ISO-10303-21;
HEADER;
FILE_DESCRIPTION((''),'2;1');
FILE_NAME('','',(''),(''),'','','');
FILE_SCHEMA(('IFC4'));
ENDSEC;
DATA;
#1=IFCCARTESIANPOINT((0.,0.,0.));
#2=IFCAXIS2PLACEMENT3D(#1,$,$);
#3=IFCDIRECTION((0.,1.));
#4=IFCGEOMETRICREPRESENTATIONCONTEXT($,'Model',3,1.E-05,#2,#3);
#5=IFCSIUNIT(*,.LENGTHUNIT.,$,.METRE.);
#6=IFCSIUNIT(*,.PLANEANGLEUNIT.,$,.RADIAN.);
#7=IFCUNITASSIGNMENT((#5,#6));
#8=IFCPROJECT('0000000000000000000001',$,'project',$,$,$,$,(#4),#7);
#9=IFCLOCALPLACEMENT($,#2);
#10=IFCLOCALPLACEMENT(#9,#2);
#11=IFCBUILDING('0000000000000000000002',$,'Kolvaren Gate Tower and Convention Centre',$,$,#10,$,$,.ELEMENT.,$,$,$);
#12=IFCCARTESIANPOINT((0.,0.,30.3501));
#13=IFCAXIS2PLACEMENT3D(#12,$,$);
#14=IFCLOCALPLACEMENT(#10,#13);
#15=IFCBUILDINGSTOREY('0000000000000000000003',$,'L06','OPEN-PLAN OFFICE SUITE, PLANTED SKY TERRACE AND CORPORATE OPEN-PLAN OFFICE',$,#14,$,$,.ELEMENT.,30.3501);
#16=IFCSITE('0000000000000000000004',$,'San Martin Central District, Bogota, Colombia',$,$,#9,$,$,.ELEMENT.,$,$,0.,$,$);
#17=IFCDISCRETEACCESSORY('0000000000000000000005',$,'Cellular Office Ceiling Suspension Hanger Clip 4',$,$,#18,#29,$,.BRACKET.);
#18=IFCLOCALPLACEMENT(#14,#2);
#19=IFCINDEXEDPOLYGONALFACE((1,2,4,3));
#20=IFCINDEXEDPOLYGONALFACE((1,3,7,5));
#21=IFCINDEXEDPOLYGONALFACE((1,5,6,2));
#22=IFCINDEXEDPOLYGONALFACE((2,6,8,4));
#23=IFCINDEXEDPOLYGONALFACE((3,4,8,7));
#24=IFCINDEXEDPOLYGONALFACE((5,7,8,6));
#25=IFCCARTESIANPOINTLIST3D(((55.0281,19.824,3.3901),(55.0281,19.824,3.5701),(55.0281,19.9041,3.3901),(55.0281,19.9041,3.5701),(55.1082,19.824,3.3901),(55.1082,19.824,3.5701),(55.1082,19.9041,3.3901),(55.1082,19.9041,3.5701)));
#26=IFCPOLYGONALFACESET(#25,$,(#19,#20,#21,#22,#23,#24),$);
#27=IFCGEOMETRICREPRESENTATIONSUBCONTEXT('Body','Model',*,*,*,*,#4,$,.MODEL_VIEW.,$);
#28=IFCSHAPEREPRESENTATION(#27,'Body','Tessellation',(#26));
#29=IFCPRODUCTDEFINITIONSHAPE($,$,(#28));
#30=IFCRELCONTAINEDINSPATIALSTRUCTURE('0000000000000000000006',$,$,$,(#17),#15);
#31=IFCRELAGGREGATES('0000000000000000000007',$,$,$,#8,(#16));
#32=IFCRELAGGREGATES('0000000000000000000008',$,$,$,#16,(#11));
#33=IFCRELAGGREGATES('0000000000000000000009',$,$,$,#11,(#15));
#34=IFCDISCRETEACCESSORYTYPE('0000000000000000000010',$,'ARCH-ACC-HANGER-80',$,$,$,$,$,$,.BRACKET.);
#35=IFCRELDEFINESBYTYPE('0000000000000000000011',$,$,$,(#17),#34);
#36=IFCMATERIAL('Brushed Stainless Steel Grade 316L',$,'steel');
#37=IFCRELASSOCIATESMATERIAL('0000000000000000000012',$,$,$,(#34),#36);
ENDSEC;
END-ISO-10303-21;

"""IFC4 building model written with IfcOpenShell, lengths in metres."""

from ifc_helpers import new_model, si_unit, direction, frame, origin, origin_2d, place, context, subcontext, project, spatial, rectangle, extrude, material, type_object, element, save


model = new_model("IFC4")

# Units and contexts
model_context = context("Model", 3, precision=1e-05, world=origin(), true_north=direction((0.0, 1.0)))
body_context = subcontext(model_context, "Body", "Model", "MODEL_VIEW")
ifc_project = project(units=[si_unit("LENGTHUNIT", "METRE"), si_unit("PLANEANGLEUNIT", "RADIAN")], contexts=[model_context])

# Site, building, storey
site_placement = place(None, origin())
site = spatial("IfcSite", under=ifc_project, at=site_placement, Name="San Martin Central District, Bogota, Colombia", CompositionType="ELEMENT", RefElevation=0.0)
building_placement = place(site_placement, origin())
building = spatial("IfcBuilding", under=site, at=building_placement, Name="Kolvaren Gate Tower and Convention Centre", CompositionType="ELEMENT")
storey_placement = place(building_placement, frame((0.0, 0.0, 30.3501)))
storey = spatial("IfcBuildingStorey", under=building, at=storey_placement, Name="L06", Description="OPEN-PLAN OFFICE SUITE, PLANTED SKY TERRACE AND CORPORATE OPEN-PLAN OFFICE", CompositionType="ELEMENT", Elevation=30.3501)

# Discrete accessory
ifc_material_1 = material(Name="Brushed Stainless Steel Grade 316L", Category="steel")
discrete_accessory_type = type_object("IfcDiscreteAccessoryType", Name="ARCH-ACC-HANGER-80", PredefinedType="BRACKET", material=ifc_material_1)
for number, where, z_axis, x_axis, name in (
    (1, (55.0681, 19.864, 3.3901), (0.0, 0.0, 1.0), (1.0, 0.0, 0.0), "Cellular Office Ceiling Suspension Hanger Clip 4"),
):
    element("IfcDiscreteAccessory", number, at=place(storey_placement, frame(where, z_axis=z_axis, x_axis=x_axis)), inside=storey, type_object=discrete_accessory_type, Name=name, PredefinedType="BRACKET", context=body_context, shape_type="SweptSolid", body=[
        extrude(rectangle(XDim=0.0801, YDim=0.0801, at=origin_2d()), origin(), (0.0, 0.0, 1.0), 0.1799),
    ])

save(model, "model.ifc")
